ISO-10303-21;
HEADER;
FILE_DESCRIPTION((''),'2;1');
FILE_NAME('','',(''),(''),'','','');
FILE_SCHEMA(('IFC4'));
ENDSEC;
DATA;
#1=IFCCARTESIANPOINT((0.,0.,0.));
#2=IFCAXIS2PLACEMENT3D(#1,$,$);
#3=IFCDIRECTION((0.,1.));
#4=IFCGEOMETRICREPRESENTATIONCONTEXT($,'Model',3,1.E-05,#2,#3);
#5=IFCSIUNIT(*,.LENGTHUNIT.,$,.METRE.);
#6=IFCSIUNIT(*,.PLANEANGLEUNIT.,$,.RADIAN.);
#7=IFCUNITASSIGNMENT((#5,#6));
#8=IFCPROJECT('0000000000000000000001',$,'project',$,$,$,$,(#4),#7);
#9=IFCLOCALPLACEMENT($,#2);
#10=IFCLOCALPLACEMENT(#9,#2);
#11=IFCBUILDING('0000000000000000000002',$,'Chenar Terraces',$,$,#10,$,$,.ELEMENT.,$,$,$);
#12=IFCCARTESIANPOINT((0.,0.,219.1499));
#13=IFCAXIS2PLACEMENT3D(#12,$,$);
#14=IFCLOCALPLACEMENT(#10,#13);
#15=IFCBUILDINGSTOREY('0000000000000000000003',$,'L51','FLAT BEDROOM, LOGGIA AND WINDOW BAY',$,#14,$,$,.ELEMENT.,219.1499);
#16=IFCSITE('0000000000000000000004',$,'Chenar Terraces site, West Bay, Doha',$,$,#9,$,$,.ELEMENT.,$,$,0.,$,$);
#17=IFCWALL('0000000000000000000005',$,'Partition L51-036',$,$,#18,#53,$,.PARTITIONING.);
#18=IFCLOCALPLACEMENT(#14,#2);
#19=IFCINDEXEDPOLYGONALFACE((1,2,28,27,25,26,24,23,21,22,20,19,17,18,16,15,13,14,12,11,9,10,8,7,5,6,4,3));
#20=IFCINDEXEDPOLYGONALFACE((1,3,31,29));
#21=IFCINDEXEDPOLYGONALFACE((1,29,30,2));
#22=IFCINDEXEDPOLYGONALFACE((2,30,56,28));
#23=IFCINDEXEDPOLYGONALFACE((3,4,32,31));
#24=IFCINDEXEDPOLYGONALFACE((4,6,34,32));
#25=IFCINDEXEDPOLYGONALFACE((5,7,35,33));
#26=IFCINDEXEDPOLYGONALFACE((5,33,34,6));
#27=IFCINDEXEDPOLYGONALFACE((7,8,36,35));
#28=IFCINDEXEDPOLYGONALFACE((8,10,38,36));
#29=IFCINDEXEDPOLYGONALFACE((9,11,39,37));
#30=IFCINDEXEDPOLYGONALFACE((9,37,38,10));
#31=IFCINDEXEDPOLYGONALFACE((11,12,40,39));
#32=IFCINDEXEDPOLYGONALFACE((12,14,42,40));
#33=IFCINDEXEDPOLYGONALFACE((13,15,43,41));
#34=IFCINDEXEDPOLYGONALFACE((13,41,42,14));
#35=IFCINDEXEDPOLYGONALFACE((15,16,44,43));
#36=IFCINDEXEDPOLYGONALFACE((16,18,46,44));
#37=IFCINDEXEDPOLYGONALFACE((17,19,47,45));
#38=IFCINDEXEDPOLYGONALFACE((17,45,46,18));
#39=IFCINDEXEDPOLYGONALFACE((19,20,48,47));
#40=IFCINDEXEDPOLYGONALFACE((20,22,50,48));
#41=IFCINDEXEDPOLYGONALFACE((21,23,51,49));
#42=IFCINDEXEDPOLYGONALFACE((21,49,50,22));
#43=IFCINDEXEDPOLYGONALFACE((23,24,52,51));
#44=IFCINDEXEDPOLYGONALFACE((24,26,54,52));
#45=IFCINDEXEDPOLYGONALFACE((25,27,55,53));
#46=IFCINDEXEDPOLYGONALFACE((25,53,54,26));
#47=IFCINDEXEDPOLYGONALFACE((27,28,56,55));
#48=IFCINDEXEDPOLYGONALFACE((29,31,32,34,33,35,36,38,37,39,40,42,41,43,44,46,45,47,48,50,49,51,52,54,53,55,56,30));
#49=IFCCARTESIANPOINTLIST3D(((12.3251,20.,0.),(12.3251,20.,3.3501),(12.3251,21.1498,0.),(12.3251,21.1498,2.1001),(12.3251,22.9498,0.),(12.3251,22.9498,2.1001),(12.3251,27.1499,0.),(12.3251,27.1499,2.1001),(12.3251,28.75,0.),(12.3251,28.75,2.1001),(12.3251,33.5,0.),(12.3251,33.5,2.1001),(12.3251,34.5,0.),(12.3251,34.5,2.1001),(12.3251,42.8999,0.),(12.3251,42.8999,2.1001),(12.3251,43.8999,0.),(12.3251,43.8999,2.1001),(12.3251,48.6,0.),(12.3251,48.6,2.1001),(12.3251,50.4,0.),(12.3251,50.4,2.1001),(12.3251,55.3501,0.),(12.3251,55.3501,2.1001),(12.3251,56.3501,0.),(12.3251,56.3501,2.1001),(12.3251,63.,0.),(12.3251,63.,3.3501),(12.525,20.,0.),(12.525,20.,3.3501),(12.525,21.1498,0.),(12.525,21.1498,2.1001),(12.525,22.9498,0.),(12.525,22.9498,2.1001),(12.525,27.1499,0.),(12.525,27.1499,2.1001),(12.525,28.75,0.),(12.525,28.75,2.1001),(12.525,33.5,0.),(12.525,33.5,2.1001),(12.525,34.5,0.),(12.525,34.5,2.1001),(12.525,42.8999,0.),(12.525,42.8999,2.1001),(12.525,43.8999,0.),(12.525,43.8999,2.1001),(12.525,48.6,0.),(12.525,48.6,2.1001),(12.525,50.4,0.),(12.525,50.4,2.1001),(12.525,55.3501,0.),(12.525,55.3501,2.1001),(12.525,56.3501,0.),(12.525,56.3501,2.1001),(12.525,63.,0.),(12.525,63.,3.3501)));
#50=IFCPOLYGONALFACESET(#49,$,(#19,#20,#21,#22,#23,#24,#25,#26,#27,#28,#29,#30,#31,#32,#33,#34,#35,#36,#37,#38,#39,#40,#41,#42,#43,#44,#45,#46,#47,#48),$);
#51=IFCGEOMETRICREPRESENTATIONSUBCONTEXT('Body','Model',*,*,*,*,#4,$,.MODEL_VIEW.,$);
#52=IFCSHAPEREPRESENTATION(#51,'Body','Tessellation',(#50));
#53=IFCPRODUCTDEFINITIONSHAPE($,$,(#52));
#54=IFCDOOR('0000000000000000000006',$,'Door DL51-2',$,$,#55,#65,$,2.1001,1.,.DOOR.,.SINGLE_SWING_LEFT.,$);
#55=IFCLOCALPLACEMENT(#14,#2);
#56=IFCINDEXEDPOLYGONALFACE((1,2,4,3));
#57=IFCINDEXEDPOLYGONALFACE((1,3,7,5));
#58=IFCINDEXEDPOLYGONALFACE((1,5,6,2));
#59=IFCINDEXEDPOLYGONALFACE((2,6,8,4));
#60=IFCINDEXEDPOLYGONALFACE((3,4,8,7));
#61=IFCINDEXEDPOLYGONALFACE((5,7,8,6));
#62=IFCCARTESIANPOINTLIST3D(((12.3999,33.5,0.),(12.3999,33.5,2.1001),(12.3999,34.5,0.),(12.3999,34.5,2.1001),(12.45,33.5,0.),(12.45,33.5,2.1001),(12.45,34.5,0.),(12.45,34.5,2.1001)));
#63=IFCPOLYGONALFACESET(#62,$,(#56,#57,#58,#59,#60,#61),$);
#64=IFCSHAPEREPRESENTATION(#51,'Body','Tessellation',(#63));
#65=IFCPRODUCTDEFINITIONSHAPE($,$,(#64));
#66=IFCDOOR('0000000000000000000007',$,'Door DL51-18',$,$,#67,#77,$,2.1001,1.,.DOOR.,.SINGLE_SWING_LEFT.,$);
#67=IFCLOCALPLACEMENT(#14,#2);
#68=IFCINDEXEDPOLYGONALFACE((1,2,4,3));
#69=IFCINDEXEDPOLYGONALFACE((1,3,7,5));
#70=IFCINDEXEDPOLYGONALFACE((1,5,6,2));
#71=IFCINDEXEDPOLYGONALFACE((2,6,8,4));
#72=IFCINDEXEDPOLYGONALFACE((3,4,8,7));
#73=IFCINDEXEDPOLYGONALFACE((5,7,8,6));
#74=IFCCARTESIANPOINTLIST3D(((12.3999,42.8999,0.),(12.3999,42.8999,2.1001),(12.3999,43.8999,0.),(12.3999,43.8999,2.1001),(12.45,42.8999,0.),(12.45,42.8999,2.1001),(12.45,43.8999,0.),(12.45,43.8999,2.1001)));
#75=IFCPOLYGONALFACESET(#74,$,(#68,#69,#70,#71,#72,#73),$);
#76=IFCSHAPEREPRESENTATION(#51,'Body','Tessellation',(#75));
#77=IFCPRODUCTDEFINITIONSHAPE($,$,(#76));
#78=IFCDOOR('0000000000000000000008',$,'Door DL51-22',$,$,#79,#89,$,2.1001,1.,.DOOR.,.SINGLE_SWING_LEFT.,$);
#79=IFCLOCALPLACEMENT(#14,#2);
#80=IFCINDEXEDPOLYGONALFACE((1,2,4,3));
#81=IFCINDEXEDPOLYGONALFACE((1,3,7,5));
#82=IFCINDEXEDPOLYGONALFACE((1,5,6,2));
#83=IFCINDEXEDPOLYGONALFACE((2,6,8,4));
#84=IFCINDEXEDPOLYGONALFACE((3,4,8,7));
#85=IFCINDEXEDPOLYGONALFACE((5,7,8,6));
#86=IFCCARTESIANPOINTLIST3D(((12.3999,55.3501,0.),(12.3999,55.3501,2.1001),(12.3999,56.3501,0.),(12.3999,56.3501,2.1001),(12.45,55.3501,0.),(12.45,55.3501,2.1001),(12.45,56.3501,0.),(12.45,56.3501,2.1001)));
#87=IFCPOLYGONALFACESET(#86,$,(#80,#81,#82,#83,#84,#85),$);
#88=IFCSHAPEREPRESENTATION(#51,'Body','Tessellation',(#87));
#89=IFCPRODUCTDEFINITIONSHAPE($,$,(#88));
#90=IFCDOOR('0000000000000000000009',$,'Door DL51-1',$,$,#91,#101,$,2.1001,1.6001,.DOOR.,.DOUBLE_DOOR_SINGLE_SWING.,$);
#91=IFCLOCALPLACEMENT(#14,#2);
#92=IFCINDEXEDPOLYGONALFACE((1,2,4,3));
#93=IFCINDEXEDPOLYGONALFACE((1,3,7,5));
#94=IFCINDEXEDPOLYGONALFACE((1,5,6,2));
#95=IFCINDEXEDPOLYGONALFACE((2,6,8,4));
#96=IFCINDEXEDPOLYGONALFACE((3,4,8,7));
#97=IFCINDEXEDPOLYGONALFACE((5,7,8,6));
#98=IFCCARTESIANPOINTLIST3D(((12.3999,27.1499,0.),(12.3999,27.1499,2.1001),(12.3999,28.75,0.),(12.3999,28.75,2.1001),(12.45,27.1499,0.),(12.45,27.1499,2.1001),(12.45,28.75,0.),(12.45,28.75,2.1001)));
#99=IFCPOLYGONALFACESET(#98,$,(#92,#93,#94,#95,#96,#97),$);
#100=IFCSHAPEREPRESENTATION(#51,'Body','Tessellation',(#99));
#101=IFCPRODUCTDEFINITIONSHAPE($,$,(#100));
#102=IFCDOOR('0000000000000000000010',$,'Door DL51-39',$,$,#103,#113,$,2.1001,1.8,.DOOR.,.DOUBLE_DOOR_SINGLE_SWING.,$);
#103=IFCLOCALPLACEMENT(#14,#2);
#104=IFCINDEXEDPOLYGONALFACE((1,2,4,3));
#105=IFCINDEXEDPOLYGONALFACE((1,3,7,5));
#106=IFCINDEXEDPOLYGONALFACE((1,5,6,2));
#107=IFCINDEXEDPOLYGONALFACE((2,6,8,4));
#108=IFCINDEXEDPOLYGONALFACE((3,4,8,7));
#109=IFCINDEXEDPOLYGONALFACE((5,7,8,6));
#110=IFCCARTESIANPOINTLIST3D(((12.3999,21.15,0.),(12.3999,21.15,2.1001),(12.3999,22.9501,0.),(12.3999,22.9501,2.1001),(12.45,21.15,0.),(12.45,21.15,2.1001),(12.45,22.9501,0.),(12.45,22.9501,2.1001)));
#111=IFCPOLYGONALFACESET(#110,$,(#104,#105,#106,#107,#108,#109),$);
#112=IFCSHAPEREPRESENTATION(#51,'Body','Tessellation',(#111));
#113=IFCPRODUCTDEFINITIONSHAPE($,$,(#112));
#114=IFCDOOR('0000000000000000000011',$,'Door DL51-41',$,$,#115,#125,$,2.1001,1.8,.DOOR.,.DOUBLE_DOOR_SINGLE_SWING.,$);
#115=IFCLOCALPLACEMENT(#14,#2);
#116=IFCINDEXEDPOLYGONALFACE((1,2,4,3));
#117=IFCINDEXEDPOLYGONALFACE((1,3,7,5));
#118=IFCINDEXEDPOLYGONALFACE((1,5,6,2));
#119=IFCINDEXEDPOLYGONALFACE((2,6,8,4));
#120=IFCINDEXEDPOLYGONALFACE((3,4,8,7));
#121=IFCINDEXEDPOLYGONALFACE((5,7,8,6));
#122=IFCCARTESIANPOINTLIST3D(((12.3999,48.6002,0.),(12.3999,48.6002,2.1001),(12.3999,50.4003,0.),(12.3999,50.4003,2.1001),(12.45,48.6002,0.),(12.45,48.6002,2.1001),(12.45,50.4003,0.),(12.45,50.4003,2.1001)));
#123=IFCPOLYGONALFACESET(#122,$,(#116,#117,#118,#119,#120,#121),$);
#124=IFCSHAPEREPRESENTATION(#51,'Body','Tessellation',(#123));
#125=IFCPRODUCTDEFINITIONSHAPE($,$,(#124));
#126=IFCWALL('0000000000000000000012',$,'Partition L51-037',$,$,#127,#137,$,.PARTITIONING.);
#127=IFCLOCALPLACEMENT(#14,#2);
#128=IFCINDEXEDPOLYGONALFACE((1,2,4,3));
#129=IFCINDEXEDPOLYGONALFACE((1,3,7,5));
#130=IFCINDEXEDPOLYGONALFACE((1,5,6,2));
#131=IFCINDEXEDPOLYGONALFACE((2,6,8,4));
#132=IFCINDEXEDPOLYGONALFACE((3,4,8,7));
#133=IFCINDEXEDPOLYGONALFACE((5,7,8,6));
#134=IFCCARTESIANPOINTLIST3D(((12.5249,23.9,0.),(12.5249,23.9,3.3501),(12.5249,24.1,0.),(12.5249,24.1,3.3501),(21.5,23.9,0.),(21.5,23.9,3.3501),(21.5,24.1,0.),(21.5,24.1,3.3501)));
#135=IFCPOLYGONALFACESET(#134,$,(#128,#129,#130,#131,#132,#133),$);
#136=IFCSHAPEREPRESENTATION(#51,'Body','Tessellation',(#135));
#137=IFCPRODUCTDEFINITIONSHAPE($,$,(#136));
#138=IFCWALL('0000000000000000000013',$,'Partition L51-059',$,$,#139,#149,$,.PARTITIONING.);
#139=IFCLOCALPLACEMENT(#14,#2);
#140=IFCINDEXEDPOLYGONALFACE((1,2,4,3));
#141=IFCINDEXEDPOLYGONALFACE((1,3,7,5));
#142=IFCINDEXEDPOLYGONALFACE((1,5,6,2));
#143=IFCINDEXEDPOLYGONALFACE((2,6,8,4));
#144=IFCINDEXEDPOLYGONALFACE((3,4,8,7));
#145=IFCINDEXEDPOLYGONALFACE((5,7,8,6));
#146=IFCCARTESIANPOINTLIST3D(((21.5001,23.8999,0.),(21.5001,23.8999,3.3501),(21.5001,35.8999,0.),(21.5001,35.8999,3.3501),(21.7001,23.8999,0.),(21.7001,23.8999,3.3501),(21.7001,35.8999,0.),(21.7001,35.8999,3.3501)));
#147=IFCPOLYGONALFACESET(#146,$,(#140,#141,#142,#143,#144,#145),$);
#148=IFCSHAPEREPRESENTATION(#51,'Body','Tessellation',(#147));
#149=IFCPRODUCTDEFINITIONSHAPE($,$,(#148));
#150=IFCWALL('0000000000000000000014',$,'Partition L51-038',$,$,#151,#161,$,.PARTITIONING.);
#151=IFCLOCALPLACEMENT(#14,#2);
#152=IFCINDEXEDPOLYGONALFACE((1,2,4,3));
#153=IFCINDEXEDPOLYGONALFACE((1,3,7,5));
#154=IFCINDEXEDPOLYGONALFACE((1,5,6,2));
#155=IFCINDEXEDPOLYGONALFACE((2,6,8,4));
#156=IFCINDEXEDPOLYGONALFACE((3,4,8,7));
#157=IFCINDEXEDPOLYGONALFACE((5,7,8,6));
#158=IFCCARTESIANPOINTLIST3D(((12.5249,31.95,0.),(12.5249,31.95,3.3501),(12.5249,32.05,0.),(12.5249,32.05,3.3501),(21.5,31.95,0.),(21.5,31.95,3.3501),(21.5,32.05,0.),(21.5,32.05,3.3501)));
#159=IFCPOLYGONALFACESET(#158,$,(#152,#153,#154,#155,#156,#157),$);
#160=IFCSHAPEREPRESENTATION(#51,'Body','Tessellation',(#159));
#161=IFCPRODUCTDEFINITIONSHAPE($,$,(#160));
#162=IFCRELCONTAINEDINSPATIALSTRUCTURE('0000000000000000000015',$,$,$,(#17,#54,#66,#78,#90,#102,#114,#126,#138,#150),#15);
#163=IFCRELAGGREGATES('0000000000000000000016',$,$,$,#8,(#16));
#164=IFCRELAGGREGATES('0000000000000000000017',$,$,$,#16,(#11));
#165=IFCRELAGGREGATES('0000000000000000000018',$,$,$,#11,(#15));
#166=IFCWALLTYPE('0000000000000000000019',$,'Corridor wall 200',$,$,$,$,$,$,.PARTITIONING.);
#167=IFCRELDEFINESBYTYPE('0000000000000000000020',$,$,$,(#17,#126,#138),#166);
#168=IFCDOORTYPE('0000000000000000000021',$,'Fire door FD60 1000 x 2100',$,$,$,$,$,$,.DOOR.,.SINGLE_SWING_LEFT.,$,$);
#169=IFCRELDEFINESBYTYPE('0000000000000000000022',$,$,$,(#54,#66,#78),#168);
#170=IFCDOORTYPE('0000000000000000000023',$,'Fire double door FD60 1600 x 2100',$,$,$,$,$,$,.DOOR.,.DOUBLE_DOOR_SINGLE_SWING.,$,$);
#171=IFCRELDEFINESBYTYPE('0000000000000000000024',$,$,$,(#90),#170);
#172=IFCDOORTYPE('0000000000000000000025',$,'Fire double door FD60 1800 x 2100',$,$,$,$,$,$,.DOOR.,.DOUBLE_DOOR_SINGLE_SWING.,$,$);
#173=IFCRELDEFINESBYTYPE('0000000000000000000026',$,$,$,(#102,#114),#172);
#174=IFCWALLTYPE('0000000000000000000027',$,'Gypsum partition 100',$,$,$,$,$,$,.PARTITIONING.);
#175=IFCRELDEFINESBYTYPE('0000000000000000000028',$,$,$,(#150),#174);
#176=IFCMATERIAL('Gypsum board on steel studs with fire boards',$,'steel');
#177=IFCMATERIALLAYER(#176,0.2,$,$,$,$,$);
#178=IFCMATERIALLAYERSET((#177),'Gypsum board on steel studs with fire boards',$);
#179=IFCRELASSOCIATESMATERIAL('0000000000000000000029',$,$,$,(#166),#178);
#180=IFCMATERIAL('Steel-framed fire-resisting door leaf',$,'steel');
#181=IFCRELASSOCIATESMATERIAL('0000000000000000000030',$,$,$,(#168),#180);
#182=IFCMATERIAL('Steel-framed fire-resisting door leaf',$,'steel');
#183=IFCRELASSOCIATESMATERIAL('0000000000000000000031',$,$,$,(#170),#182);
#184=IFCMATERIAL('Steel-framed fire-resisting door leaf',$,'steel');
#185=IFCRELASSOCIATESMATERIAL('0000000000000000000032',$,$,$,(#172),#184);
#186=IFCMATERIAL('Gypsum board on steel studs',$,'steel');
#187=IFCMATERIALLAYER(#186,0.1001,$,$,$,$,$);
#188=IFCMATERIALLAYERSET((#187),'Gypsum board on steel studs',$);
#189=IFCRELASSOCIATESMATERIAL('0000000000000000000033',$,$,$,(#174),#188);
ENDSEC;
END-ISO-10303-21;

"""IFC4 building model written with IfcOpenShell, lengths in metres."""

from ifc_helpers import new_model, si_unit, direction, frame, frame_2d, origin, place, context, subcontext, project, spatial, rectangle, extrude, material, layer, layer_set, type_object, element, fill, save


model = new_model("IFC4")

# Units and contexts
model_context = context("Model", 3, precision=1e-05, world=origin(), true_north=direction((0.0, 1.0)))
body_context = subcontext(model_context, "Body", "Model", "MODEL_VIEW")
ifc_project = project(units=[si_unit("LENGTHUNIT", "METRE"), si_unit("PLANEANGLEUNIT", "RADIAN")], contexts=[model_context])

# Site, building, storey
site_placement = place(None, origin())
site = spatial("IfcSite", under=ifc_project, at=site_placement, Name="Chenar Terraces site, West Bay, Doha", CompositionType="ELEMENT", RefElevation=0.0)
building_placement = place(site_placement, origin())
building = spatial("IfcBuilding", under=site, at=building_placement, Name="Chenar Terraces", CompositionType="ELEMENT")
storey_placement = place(building_placement, frame((0.0, 0.0, 219.1499)))
storey = spatial("IfcBuildingStorey", under=building, at=storey_placement, Name="L51", Description="FLAT BEDROOM, LOGGIA AND WINDOW BAY", CompositionType="ELEMENT", Elevation=219.1499)

# Wall, openings, doors
ifc_material_1 = material(Name="Gypsum board on steel studs with fire boards", Category="steel")
ifc_layer_1 = layer(ifc_material_1, 0.2)
ifc_layer_set_1 = layer_set([ifc_layer_1], Name="Gypsum board on steel studs with fire boards")
wall_type_1 = type_object("IfcWallType", Name="Corridor wall 200", PredefinedType="PARTITIONING", material=ifc_layer_set_1)
wall_1_placement = place(storey_placement, frame((12.425, 20.0, 0.0), z_axis=(0.0, 0.0, 1.0), x_axis=(0.0, 1.0, 0.0)))
wall_1 = element("IfcWall", 1, at=wall_1_placement, inside=storey, type_object=wall_type_1, Name="Partition L51-036", PredefinedType="PARTITIONING", context=body_context, shape_type="SweptSolid", body=[
    extrude(rectangle(XDim=43.0, YDim=0.2, at=frame_2d((21.5, 0.0))), origin(), (0.0, 0.0, 1.0), 3.3501),
])
opening_1_placement = place(wall_1_placement, frame((7.1499, 0.0, 0.0)))
opening_1 = element("IfcOpeningElement", 2, at=opening_1_placement, cuts=wall_1, PredefinedType="OPENING", context=body_context, shape_type="SweptSolid", body=[
    extrude(rectangle(XDim=1.6001, YDim=2.1001, at=frame_2d((0.8, 1.05))), frame((0.0, 0.1099, 0.0), z_axis=(0.0, -1.0, 0.0), x_axis=(1.0, 0.0, 0.0)), (0.0, 0.0, 1.0), 0.22),
])
opening_2_placement = place(wall_1_placement, frame((13.5, 0.0, 0.0)))
opening_2 = element("IfcOpeningElement", 3, at=opening_2_placement, cuts=wall_1, PredefinedType="OPENING", context=body_context, shape_type="SweptSolid", body=[
    extrude(rectangle(XDim=1.0, YDim=2.1001, at=frame_2d((0.5, 1.05))), frame((0.0, 0.1099, 0.0), z_axis=(0.0, -1.0, 0.0), x_axis=(1.0, 0.0, 0.0)), (0.0, 0.0, 1.0), 0.22),
])
opening_3_placement = place(wall_1_placement, frame((22.8999, 0.0, 0.0)))
opening_3 = element("IfcOpeningElement", 4, at=opening_3_placement, cuts=wall_1, PredefinedType="OPENING", context=body_context, shape_type="SweptSolid", body=[
    extrude(rectangle(XDim=1.0, YDim=2.1001, at=frame_2d((0.5, 1.05))), frame((0.0, 0.1099, 0.0), z_axis=(0.0, -1.0, 0.0), x_axis=(1.0, 0.0, 0.0)), (0.0, 0.0, 1.0), 0.22),
])
opening_4_placement = place(wall_1_placement, frame((35.3501, 0.0, 0.0)))
opening_4 = element("IfcOpeningElement", 5, at=opening_4_placement, cuts=wall_1, PredefinedType="OPENING", context=body_context, shape_type="SweptSolid", body=[
    extrude(rectangle(XDim=1.0, YDim=2.1001, at=frame_2d((0.5, 1.05))), frame((0.0, 0.1099, 0.0), z_axis=(0.0, -1.0, 0.0), x_axis=(1.0, 0.0, 0.0)), (0.0, 0.0, 1.0), 0.22),
])
opening_5_placement = place(wall_1_placement, frame((1.1499, 0.0, 0.0)))
opening_5 = element("IfcOpeningElement", 6, at=opening_5_placement, cuts=wall_1, PredefinedType="OPENING", context=body_context, shape_type="SweptSolid", body=[
    extrude(rectangle(XDim=1.8, YDim=2.1001, at=frame_2d((0.8999, 1.05))), frame((0.0, 0.1099, 0.0), z_axis=(0.0, -1.0, 0.0), x_axis=(1.0, 0.0, 0.0)), (0.0, 0.0, 1.0), 0.22),
])
opening_6_placement = place(wall_1_placement, frame((28.6001, 0.0, 0.0)))
opening_6 = element("IfcOpeningElement", 7, at=opening_6_placement, cuts=wall_1, PredefinedType="OPENING", context=body_context, shape_type="SweptSolid", body=[
    extrude(rectangle(XDim=1.8, YDim=2.1001, at=frame_2d((0.8999, 1.05))), frame((0.0, 0.1099, 0.0), z_axis=(0.0, -1.0, 0.0), x_axis=(1.0, 0.0, 0.0)), (0.0, 0.0, 1.0), 0.22),
])
ifc_material_2 = material(Name="Steel-framed fire-resisting door leaf", Category="steel")
door_type_1 = type_object("IfcDoorType", Name="Fire door FD60 1000 x 2100", OperationType="SINGLE_SWING_LEFT", PredefinedType="DOOR", material=ifc_material_2)
door_1_placement = place(opening_2_placement, frame((1.0, 0.0, 0.0), z_axis=(0.0, 0.0, 1.0), x_axis=(-1.0, 0.0, 0.0)))
door_1 = element("IfcDoor", 8, at=door_1_placement, inside=storey, type_object=door_type_1, Name="Door DL51-2", OperationType="SINGLE_SWING_LEFT", OverallHeight=2.1001, OverallWidth=1.0, PredefinedType="DOOR", context=body_context, shape_type="SweptSolid", body=[
    extrude(rectangle(XDim=1.0, YDim=2.1001, at=frame_2d((0.5, 1.05))), frame((0.0, 0.0249, 0.0), z_axis=(0.0, -1.0, 0.0), x_axis=(1.0, 0.0, 0.0)), (0.0, 0.0, 1.0), 0.05),
])
fill(opening_2, door_1)
door_2_placement = place(opening_3_placement, frame((1.0, 0.0, 0.0), z_axis=(0.0, 0.0, 1.0), x_axis=(-1.0, 0.0, 0.0)))
door_2 = element("IfcDoor", 9, at=door_2_placement, inside=storey, type_object=door_type_1, Name="Door DL51-18", OperationType="SINGLE_SWING_LEFT", OverallHeight=2.1001, OverallWidth=1.0, PredefinedType="DOOR", context=body_context, shape_type="SweptSolid", body=[
    extrude(rectangle(XDim=1.0, YDim=2.1001, at=frame_2d((0.5, 1.05))), frame((0.0, 0.0249, 0.0), z_axis=(0.0, -1.0, 0.0), x_axis=(1.0, 0.0, 0.0)), (0.0, 0.0, 1.0), 0.05),
])
fill(opening_3, door_2)
door_3_placement = place(opening_4_placement, frame((1.0, 0.0, 0.0), z_axis=(0.0, 0.0, 1.0), x_axis=(-1.0, 0.0, 0.0)))
door_3 = element("IfcDoor", 10, at=door_3_placement, inside=storey, type_object=door_type_1, Name="Door DL51-22", OperationType="SINGLE_SWING_LEFT", OverallHeight=2.1001, OverallWidth=1.0, PredefinedType="DOOR", context=body_context, shape_type="SweptSolid", body=[
    extrude(rectangle(XDim=1.0, YDim=2.1001, at=frame_2d((0.5, 1.05))), frame((0.0, 0.0249, 0.0), z_axis=(0.0, -1.0, 0.0), x_axis=(1.0, 0.0, 0.0)), (0.0, 0.0, 1.0), 0.05),
])
fill(opening_4, door_3)
ifc_material_3 = material(Name="Steel-framed fire-resisting door leaf", Category="steel")
door_type_2 = type_object("IfcDoorType", Name="Fire double door FD60 1600 x 2100", OperationType="DOUBLE_DOOR_SINGLE_SWING", PredefinedType="DOOR", material=ifc_material_3)
door_4_placement = place(opening_1_placement, frame((1.6001, 0.0, 0.0), z_axis=(0.0, 0.0, 1.0), x_axis=(-1.0, 0.0, 0.0)))
door_4 = element("IfcDoor", 11, at=door_4_placement, inside=storey, type_object=door_type_2, Name="Door DL51-1", OperationType="DOUBLE_DOOR_SINGLE_SWING", OverallHeight=2.1001, OverallWidth=1.6001, PredefinedType="DOOR", context=body_context, shape_type="SweptSolid", body=[
    extrude(rectangle(XDim=1.6001, YDim=2.1001, at=frame_2d((0.8, 1.05))), frame((0.0, 0.0249, 0.0), z_axis=(0.0, -1.0, 0.0), x_axis=(1.0, 0.0, 0.0)), (0.0, 0.0, 1.0), 0.05),
])
fill(opening_1, door_4)
ifc_material_4 = material(Name="Steel-framed fire-resisting door leaf", Category="steel")
door_type_3 = type_object("IfcDoorType", Name="Fire double door FD60 1800 x 2100", OperationType="DOUBLE_DOOR_SINGLE_SWING", PredefinedType="DOOR", material=ifc_material_4)
door_5_placement = place(opening_5_placement, frame((1.8, 0.0, 0.0), z_axis=(0.0, 0.0, 1.0), x_axis=(-1.0, 0.0, 0.0)))
door_5 = element("IfcDoor", 12, at=door_5_placement, inside=storey, type_object=door_type_3, Name="Door DL51-39", OperationType="DOUBLE_DOOR_SINGLE_SWING", OverallHeight=2.1001, OverallWidth=1.8, PredefinedType="DOOR", context=body_context, shape_type="SweptSolid", body=[
    extrude(rectangle(XDim=1.8, YDim=2.1001, at=frame_2d((0.8999, 1.05))), frame((0.0, 0.0249, 0.0), z_axis=(0.0, -1.0, 0.0), x_axis=(1.0, 0.0, 0.0)), (0.0, 0.0, 1.0), 0.05),
])
fill(opening_5, door_5)
door_6_placement = place(opening_6_placement, frame((1.8, 0.0, 0.0), z_axis=(0.0, 0.0, 1.0), x_axis=(-1.0, 0.0, 0.0)))
door_6 = element("IfcDoor", 13, at=door_6_placement, inside=storey, type_object=door_type_3, Name="Door DL51-41", OperationType="DOUBLE_DOOR_SINGLE_SWING", OverallHeight=2.1001, OverallWidth=1.8, PredefinedType="DOOR", context=body_context, shape_type="SweptSolid", body=[
    extrude(rectangle(XDim=1.8, YDim=2.1001, at=frame_2d((0.8999, 1.05))), frame((0.0, 0.0249, 0.0), z_axis=(0.0, -1.0, 0.0), x_axis=(1.0, 0.0, 0.0)), (0.0, 0.0, 1.0), 0.05),
])
fill(opening_6, door_6)

# Walls
wall_2_placement = place(storey_placement, frame((12.5249, 24.0, 0.0), z_axis=(0.0, 0.0, 1.0), x_axis=(1.0, 0.0, 0.0)))
element("IfcWall", 14, at=wall_2_placement, inside=storey, type_object=wall_type_1, Name="Partition L51-037", PredefinedType="PARTITIONING", context=body_context, shape_type="SweptSolid", body=[
    extrude(rectangle(XDim=8.9751, YDim=0.2, at=frame_2d((4.4875, 0.0))), origin(), (0.0, 0.0, 1.0), 3.3501),
])
wall_3_placement = place(storey_placement, frame((21.6001, 23.8999, 0.0), z_axis=(0.0, 0.0, 1.0), x_axis=(0.0, 1.0, 0.0)))
element("IfcWall", 15, at=wall_3_placement, inside=storey, type_object=wall_type_1, Name="Partition L51-059", PredefinedType="PARTITIONING", context=body_context, shape_type="SweptSolid", body=[
    extrude(rectangle(XDim=12.0, YDim=0.2, at=frame_2d((6.0, 0.0))), origin(), (0.0, 0.0, 1.0), 3.3501),
])
ifc_material_5 = material(Name="Gypsum board on steel studs", Category="steel")
ifc_layer_2 = layer(ifc_material_5, 0.1001)
ifc_layer_set_2 = layer_set([ifc_layer_2], Name="Gypsum board on steel studs")
wall_type_2 = type_object("IfcWallType", Name="Gypsum partition 100", PredefinedType="PARTITIONING", material=ifc_layer_set_2)
wall_4_placement = place(storey_placement, frame((12.5249, 32.0, 0.0), z_axis=(0.0, 0.0, 1.0), x_axis=(1.0, 0.0, 0.0)))
element("IfcWall", 16, at=wall_4_placement, inside=storey, type_object=wall_type_2, Name="Partition L51-038", PredefinedType="PARTITIONING", context=body_context, shape_type="SweptSolid", body=[
    extrude(rectangle(XDim=8.9751, YDim=0.1001, at=frame_2d((4.4875, 0.0))), origin(), (0.0, 0.0, 1.0), 3.3501),
])

save(model, "model.ifc")
